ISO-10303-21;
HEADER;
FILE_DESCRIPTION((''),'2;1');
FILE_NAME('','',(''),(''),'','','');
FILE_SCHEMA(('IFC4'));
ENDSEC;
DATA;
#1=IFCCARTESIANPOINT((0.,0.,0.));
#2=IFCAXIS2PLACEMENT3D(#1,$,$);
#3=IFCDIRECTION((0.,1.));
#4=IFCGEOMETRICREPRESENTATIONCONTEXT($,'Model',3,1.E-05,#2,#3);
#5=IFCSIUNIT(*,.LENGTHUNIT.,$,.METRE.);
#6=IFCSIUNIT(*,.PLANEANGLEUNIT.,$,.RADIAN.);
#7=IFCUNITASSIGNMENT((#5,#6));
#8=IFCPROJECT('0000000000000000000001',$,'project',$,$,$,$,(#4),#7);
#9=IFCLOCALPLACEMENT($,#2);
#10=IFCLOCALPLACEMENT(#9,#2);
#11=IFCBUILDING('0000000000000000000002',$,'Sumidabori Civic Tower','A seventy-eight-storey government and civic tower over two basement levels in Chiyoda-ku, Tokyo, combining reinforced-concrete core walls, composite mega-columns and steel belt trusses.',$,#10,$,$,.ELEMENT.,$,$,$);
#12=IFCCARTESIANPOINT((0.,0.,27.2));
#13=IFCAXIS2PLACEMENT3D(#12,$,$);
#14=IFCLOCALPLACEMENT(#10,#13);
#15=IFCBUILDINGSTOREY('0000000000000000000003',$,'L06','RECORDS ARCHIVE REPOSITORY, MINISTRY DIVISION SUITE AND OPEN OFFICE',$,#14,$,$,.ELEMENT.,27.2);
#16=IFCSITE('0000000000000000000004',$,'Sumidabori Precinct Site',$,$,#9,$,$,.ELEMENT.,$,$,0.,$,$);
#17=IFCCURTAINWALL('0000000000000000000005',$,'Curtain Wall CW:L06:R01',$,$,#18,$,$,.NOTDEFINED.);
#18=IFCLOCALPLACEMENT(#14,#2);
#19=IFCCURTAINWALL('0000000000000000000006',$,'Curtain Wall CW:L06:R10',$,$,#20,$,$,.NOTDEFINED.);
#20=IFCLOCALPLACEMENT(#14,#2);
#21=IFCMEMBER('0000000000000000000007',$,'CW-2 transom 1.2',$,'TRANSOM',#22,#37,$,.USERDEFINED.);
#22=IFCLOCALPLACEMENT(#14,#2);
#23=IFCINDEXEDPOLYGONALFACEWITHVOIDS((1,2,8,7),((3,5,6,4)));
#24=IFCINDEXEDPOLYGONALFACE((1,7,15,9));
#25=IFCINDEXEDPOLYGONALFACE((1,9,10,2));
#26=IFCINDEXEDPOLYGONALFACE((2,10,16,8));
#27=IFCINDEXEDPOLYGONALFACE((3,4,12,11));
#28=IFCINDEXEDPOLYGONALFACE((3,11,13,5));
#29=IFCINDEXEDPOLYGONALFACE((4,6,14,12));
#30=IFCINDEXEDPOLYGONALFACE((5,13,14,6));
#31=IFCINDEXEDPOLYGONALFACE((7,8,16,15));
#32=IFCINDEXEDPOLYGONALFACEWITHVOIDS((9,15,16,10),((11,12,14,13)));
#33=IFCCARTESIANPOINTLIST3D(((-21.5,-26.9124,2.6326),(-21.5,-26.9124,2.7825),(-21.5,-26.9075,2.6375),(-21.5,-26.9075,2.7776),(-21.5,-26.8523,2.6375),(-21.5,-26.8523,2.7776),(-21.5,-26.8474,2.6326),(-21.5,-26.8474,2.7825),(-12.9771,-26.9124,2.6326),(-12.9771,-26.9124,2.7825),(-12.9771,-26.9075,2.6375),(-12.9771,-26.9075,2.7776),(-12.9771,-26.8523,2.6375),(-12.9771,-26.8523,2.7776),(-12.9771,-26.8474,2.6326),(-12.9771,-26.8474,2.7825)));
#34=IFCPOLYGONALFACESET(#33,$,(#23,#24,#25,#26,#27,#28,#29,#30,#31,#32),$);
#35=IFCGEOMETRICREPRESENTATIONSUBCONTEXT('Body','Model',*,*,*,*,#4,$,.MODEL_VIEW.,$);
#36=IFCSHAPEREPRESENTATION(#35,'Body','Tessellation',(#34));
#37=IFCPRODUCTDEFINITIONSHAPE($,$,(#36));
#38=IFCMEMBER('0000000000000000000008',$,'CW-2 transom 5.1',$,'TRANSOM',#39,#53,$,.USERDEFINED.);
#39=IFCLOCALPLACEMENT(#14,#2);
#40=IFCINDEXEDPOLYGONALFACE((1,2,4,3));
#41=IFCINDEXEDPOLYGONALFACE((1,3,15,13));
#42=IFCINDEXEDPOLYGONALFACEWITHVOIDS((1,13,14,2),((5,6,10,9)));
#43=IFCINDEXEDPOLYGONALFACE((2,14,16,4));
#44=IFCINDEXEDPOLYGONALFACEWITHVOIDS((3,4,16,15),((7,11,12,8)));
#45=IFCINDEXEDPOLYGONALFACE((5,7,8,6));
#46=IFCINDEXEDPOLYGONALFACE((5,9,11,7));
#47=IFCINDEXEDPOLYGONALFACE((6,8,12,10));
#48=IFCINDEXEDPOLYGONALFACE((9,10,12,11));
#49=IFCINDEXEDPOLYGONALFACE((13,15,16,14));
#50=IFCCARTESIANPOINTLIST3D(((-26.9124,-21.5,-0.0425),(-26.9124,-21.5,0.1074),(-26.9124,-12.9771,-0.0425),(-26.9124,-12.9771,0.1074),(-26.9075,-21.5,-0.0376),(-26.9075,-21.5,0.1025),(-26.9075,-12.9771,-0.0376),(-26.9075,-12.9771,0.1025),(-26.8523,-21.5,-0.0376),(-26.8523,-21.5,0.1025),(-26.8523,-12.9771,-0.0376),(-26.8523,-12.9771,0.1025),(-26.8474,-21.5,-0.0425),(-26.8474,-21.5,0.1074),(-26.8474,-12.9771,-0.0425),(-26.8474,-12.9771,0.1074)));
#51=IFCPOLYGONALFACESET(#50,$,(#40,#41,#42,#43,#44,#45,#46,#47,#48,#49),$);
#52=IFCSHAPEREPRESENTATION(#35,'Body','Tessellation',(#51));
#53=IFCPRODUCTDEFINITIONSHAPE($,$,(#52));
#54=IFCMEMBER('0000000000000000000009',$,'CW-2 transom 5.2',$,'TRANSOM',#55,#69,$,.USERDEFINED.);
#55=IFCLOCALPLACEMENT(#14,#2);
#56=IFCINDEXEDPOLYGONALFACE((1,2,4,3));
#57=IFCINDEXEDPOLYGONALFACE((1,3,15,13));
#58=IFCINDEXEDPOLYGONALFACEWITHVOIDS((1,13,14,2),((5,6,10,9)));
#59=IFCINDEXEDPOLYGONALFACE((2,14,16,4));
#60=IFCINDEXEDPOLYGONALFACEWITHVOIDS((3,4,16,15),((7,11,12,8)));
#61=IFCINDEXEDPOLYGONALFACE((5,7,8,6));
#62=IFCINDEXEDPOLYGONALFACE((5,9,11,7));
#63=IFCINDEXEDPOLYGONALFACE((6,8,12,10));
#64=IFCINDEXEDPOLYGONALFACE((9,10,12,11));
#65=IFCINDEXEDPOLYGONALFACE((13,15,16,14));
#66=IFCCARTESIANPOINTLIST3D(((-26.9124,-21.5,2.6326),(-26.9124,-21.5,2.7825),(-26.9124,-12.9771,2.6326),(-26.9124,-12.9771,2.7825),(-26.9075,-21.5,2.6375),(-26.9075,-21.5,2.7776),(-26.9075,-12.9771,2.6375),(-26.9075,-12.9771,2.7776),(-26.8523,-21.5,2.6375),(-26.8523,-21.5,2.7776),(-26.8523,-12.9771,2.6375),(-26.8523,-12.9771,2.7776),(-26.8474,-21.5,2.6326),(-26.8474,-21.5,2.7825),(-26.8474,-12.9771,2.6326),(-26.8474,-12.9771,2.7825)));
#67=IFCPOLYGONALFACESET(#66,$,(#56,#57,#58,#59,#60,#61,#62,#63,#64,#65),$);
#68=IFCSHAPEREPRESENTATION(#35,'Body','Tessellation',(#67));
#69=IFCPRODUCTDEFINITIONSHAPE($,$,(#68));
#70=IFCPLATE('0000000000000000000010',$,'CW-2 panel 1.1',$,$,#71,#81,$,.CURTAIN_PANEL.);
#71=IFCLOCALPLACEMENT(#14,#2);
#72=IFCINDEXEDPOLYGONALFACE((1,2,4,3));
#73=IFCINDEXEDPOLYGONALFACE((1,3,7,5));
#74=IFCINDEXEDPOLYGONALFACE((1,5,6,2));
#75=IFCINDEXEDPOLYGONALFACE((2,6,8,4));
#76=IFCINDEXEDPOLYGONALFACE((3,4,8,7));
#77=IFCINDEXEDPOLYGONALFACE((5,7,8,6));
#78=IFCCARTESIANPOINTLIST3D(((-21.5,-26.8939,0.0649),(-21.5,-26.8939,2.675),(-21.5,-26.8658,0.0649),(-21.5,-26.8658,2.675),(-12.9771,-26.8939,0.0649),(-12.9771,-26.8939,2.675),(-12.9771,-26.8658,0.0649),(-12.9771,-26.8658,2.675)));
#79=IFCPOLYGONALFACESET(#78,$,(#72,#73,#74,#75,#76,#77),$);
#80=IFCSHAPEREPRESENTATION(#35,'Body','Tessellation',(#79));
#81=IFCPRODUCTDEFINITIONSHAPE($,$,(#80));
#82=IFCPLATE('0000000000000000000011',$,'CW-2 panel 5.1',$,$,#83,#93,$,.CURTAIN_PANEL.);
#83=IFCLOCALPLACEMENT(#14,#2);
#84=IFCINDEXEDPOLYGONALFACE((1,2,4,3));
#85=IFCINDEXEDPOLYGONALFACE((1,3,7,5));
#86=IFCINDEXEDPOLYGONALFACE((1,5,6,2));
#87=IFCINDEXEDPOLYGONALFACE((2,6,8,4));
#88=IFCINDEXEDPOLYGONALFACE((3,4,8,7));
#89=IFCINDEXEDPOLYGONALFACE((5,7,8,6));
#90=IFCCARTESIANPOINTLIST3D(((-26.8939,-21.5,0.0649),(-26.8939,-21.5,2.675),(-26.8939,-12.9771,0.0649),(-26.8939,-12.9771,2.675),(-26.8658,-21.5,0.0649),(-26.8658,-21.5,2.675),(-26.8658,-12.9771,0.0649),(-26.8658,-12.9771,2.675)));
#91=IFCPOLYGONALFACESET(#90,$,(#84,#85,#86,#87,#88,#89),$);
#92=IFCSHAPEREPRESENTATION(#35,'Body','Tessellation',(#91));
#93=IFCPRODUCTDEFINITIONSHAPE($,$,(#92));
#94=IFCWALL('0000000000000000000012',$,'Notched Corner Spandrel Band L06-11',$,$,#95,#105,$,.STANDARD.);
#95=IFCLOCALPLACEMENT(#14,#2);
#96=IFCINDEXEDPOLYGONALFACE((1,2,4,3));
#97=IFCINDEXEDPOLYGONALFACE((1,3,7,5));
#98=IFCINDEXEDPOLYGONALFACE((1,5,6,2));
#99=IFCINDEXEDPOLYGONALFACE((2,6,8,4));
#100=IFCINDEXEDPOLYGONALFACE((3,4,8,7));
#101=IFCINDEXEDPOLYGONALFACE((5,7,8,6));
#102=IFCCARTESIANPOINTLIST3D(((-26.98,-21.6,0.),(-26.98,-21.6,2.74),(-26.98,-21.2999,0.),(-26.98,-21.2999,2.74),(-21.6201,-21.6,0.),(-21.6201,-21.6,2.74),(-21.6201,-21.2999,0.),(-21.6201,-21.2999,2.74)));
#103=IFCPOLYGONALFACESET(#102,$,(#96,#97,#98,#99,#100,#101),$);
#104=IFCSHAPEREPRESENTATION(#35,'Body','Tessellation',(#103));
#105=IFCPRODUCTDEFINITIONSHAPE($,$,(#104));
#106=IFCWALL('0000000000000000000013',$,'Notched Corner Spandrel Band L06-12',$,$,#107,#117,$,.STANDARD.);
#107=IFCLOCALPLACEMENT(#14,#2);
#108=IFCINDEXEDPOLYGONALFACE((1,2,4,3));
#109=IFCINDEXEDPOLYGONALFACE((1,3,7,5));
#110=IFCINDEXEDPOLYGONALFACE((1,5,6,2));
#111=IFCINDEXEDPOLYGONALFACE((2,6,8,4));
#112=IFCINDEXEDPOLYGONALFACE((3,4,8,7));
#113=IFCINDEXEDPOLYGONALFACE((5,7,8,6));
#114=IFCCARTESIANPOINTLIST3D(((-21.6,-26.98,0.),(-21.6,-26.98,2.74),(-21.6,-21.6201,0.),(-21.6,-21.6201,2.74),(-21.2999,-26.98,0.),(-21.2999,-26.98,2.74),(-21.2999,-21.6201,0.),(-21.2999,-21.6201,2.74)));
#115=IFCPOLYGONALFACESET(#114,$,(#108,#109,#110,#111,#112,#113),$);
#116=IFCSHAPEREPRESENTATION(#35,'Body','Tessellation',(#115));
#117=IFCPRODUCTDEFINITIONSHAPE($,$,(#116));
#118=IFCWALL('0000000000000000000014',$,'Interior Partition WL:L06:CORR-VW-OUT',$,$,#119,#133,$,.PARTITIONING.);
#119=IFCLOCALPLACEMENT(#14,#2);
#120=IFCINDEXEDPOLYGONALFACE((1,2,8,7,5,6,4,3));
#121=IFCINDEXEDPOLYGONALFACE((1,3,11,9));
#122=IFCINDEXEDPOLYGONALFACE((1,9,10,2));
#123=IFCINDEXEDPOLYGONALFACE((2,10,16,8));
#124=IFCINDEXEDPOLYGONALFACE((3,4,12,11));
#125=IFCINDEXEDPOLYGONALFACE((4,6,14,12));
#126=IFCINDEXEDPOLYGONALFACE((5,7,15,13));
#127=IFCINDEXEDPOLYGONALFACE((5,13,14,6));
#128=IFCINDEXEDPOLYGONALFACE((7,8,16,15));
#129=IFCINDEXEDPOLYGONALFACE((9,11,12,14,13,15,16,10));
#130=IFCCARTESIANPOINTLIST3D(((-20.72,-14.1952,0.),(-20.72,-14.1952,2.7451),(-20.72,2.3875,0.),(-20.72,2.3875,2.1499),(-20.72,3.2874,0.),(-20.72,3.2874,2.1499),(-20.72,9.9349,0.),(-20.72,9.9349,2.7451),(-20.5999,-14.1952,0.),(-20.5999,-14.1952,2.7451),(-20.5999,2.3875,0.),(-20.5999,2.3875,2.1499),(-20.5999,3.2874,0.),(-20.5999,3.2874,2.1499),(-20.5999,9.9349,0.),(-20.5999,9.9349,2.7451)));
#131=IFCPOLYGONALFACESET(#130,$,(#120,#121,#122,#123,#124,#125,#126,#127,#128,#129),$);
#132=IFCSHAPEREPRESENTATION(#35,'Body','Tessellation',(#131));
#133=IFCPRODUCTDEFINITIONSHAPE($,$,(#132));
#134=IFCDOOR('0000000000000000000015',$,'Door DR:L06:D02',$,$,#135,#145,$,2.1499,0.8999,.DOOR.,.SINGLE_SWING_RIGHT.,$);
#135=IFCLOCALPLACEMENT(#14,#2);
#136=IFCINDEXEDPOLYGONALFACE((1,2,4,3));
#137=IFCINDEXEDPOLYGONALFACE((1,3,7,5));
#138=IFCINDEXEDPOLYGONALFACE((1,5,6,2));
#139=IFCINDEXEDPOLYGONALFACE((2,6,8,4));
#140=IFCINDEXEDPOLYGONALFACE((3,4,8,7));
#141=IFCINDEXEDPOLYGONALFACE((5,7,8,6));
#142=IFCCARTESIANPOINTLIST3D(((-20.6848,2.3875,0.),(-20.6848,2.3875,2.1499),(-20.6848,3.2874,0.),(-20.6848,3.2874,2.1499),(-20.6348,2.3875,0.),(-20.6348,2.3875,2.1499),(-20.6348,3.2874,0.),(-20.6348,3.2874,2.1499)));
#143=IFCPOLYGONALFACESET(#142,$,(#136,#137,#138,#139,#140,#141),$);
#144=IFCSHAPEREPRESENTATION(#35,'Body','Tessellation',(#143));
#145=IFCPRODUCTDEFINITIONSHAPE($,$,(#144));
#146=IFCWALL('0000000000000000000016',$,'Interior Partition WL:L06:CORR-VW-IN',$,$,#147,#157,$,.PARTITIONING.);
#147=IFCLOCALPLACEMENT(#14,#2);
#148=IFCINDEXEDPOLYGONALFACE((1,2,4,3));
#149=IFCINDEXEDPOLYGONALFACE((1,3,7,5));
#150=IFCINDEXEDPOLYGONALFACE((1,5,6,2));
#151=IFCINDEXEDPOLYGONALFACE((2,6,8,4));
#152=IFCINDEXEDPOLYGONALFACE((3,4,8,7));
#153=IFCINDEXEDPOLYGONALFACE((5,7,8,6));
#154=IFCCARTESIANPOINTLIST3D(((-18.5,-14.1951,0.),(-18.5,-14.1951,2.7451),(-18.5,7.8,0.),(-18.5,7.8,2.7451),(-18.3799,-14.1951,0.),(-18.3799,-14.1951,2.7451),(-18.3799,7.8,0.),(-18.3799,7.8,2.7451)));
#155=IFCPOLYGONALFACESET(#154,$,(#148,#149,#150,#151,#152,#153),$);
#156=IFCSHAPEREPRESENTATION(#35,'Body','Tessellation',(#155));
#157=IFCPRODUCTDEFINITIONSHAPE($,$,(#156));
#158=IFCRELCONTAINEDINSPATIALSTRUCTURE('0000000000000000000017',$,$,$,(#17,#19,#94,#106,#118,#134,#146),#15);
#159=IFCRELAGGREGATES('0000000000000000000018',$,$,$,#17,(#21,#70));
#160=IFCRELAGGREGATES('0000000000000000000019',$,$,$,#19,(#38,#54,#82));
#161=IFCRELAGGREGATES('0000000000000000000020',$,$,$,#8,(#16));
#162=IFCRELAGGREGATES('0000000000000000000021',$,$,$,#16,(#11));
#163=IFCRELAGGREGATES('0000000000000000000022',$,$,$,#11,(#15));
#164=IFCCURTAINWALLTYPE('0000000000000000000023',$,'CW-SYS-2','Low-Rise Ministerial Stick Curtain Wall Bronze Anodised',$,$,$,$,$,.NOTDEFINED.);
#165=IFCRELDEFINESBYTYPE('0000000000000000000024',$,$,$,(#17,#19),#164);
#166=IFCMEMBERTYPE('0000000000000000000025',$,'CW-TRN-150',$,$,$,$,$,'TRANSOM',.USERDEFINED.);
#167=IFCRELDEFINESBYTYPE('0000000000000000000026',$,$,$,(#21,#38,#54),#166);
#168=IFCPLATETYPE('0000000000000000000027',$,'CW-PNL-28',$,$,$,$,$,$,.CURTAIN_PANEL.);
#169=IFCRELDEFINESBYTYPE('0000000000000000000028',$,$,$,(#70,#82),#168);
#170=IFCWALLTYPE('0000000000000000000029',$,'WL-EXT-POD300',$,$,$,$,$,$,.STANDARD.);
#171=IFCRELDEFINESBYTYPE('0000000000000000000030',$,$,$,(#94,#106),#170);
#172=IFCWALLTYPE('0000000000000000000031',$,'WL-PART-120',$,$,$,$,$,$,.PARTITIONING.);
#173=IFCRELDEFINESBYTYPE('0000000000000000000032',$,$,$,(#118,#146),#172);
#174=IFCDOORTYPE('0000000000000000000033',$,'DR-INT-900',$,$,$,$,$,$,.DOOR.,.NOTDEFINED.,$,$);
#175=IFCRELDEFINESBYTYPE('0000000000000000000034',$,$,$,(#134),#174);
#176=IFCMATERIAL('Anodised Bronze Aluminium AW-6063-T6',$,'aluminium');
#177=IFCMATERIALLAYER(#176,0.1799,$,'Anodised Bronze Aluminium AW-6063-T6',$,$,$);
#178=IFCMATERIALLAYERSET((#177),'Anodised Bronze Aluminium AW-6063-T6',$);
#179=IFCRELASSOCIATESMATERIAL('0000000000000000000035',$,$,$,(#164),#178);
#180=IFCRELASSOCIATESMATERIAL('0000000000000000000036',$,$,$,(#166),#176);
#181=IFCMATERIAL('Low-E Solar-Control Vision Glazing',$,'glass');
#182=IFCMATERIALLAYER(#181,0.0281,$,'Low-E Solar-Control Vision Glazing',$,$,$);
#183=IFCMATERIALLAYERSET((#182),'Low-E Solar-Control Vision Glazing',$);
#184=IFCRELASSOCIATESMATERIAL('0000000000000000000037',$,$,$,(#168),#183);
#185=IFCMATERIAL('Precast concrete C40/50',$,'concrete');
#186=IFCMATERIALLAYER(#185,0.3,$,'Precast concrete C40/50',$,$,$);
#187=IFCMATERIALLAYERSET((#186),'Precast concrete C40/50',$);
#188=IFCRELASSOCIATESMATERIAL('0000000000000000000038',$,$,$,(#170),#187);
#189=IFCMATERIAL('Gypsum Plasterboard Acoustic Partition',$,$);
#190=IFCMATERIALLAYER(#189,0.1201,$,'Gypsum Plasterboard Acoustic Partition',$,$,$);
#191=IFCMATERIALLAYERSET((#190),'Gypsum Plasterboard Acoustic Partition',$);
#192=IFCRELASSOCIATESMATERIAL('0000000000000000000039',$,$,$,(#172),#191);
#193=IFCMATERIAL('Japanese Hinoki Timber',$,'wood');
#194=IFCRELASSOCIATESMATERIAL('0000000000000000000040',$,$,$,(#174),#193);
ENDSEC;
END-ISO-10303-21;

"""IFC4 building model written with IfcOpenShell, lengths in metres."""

from ifc_helpers import new_model, si_unit, direction, frame, frame_2d, origin, origin_2d, place, context, subcontext, project, spatial, rectangle, hollow_rectangle, extrude, source, transform, mapped, material, layer, layer_set, material_profile, profile_set, type_object, element, fill, aggregate, save


model = new_model("IFC4")

# Units and contexts
model_context = context("Model", 3, precision=1e-05, world=origin(), true_north=direction((0.0, 1.0)))
body_context = subcontext(model_context, "Body", "Model", "MODEL_VIEW")
ifc_project = project(units=[si_unit("LENGTHUNIT", "METRE"), si_unit("PLANEANGLEUNIT", "RADIAN")], contexts=[model_context])

# Site, building, storey
site_placement = place(None, origin())
site = spatial("IfcSite", under=ifc_project, at=site_placement, Name="Sumidabori Precinct Site", CompositionType="ELEMENT", RefElevation=0.0)
building_placement = place(site_placement, origin())
building = spatial("IfcBuilding", under=site, at=building_placement, Name="Sumidabori Civic Tower", Description="A seventy-eight-storey government and civic tower over two basement levels in Chiyoda-ku, Tokyo, combining reinforced-concrete core walls, composite mega-columns and steel belt trusses.", CompositionType="ELEMENT")
storey_placement = place(building_placement, frame((0.0, 0.0, 27.2)))
storey = spatial("IfcBuildingStorey", under=building, at=storey_placement, Name="L06", Description="RECORDS ARCHIVE REPOSITORY, MINISTRY DIVISION SUITE AND OPEN OFFICE", CompositionType="ELEMENT", Elevation=27.2)

# Curtain walls
ifc_material_1 = material(Name="Anodised Bronze Aluminium AW-6063-T6", Category="aluminium")
ifc_layer_1 = layer(ifc_material_1, 0.1799, Name="Anodised Bronze Aluminium AW-6063-T6")
ifc_layer_set_1 = layer_set([ifc_layer_1], Name="Anodised Bronze Aluminium AW-6063-T6")
curtain_wall_type = type_object("IfcCurtainWallType", Name="CW-SYS-2", Description="Low-Rise Ministerial Stick Curtain Wall Bronze Anodised", PredefinedType="NOTDEFINED", material=ifc_layer_set_1)
curtain_wall_1_placement = place(storey_placement, origin())
curtain_wall_1 = element("IfcCurtainWall", 1, at=curtain_wall_1_placement, inside=storey, type_object=curtain_wall_type, Name="Curtain Wall CW:L06:R01", PredefinedType="NOTDEFINED")
curtain_wall_2_placement = place(storey_placement, origin())
curtain_wall_2 = element("IfcCurtainWall", 2, at=curtain_wall_2_placement, inside=storey, type_object=curtain_wall_type, Name="Curtain Wall CW:L06:R10", PredefinedType="NOTDEFINED")

# Members
ifc_material_profile_1 = material_profile(ifc_material_1, hollow_rectangle(XDim=0.0649, YDim=0.1499, WallThickness=0.0049, at=origin_2d()), Name="ALU TRANSOM 150x65")
ifc_profile_set_1 = profile_set([ifc_material_profile_1], Name="Anodised Bronze Aluminium AW-6063-T6")
member_type_1 = type_object("IfcMemberType", Name="CW-TRN-150", ElementType="TRANSOM", PredefinedType="USERDEFINED", material=ifc_profile_set_1)
shared_shape_1 = source(origin(), body_context, "Body", "SweptSolid", [
    extrude(hollow_rectangle(XDim=0.0649, YDim=0.1499, WallThickness=0.0049, at=origin_2d()), origin(), (0.0, 0.0, 1.0), 8.5229),
])
member_1_placement = place(storey_placement, frame((-21.5, -26.8799, 2.7075), z_axis=(1.0, 0.0, 0.0), x_axis=(0.0, 1.0, 0.0)))
member_1 = element("IfcMember", 3, at=member_1_placement, type_object=member_type_1, Name="CW-2 transom 1.2", ObjectType="TRANSOM", PredefinedType="USERDEFINED", context=body_context, shape_type="MappedRepresentation", body=[
    mapped(shared_shape_1, transform((0.0, 0.0, 0.0), x_axis=(1.0, 0.0, 0.0), y_axis=(0.0, 1.0, 0.0), z_axis=(0.0, 0.0, 1.0), scale=1.0)),
])
member_2_placement = place(storey_placement, frame((-26.8799, -12.9771, 0.0325), z_axis=(0.0, -1.0, 0.0), x_axis=(1.0, 0.0, 0.0)))
member_2 = element("IfcMember", 4, at=member_2_placement, type_object=member_type_1, Name="CW-2 transom 5.1", ObjectType="TRANSOM", PredefinedType="USERDEFINED", context=body_context, shape_type="MappedRepresentation", body=[
    mapped(shared_shape_1, transform((0.0, 0.0, 0.0), x_axis=(1.0, 0.0, 0.0), y_axis=(0.0, 1.0, 0.0), z_axis=(0.0, 0.0, 1.0), scale=1.0)),
])
member_3_placement = place(storey_placement, frame((-26.8799, -12.9771, 2.7075), z_axis=(0.0, -1.0, 0.0), x_axis=(1.0, 0.0, 0.0)))
member_3 = element("IfcMember", 5, at=member_3_placement, type_object=member_type_1, Name="CW-2 transom 5.2", ObjectType="TRANSOM", PredefinedType="USERDEFINED", context=body_context, shape_type="MappedRepresentation", body=[
    mapped(shared_shape_1, transform((0.0, 0.0, 0.0), x_axis=(1.0, 0.0, 0.0), y_axis=(0.0, 1.0, 0.0), z_axis=(0.0, 0.0, 1.0), scale=1.0)),
])

# Plates
ifc_material_2 = material(Name="Low-E Solar-Control Vision Glazing", Category="glass")
ifc_layer_2 = layer(ifc_material_2, 0.0281, Name="Low-E Solar-Control Vision Glazing")
ifc_layer_set_2 = layer_set([ifc_layer_2], Name="Low-E Solar-Control Vision Glazing")
plate_type = type_object("IfcPlateType", Name="CW-PNL-28", PredefinedType="CURTAIN_PANEL", material=ifc_layer_set_2)
shared_shape_2 = source(origin(), body_context, "Body", "SweptSolid", [
    extrude(rectangle(XDim=8.5229, YDim=0.0281, at=origin_2d()), origin(), (0.0, 0.0, 1.0), 2.6101),
])
plate_1_placement = place(storey_placement, frame((-17.2385, -26.8799, 0.0649), z_axis=(0.0, 0.0, 1.0), x_axis=(1.0, 0.0, 0.0)))
plate_1 = element("IfcPlate", 6, at=plate_1_placement, type_object=plate_type, Name="CW-2 panel 1.1", PredefinedType="CURTAIN_PANEL", context=body_context, shape_type="MappedRepresentation", body=[
    mapped(shared_shape_2, transform((0.0, 0.0, 0.0), x_axis=(1.0, 0.0, 0.0), y_axis=(0.0, 1.0, 0.0), z_axis=(0.0, 0.0, 1.0), scale=1.0)),
])
aggregate(curtain_wall_1, [member_1, plate_1])
plate_2_placement = place(storey_placement, frame((-26.8799, -17.2385, 0.0649), z_axis=(0.0, 0.0, 1.0), x_axis=(0.0, -1.0, 0.0)))
plate_2 = element("IfcPlate", 7, at=plate_2_placement, type_object=plate_type, Name="CW-2 panel 5.1", PredefinedType="CURTAIN_PANEL", context=body_context, shape_type="MappedRepresentation", body=[
    mapped(shared_shape_2, transform((0.0, 0.0, 0.0), x_axis=(1.0, 0.0, 0.0), y_axis=(0.0, 1.0, 0.0), z_axis=(0.0, 0.0, 1.0), scale=1.0)),
])
aggregate(curtain_wall_2, [member_2, member_3, plate_2])

# Walls
ifc_material_3 = material(Name="Precast concrete C40/50", Category="concrete")
ifc_layer_3 = layer(ifc_material_3, 0.3, Name="Precast concrete C40/50")
ifc_layer_set_3 = layer_set([ifc_layer_3], Name="Precast concrete C40/50")
wall_type_1 = type_object("IfcWallType", Name="WL-EXT-POD300", PredefinedType="STANDARD", material=ifc_layer_set_3)
shared_shape_3 = source(origin(), body_context, "Body", "SweptSolid", [
    extrude(rectangle(XDim=5.3599, YDim=0.3, at=frame_2d((2.6799, 0.0))), origin(), (0.0, 0.0, 1.0), 2.74),
])
for number, where, z_axis, x_axis, name in (
    (8, (-26.98, -21.45, 0.0), (0.0, 0.0, 1.0), (1.0, 0.0, 0.0), "Notched Corner Spandrel Band L06-11"),
    (9, (-21.45, -21.6201, 0.0), (0.0, 0.0, 1.0), (0.0, -1.0, 0.0), "Notched Corner Spandrel Band L06-12"),
):
    element("IfcWall", number, at=place(storey_placement, frame(where, z_axis=z_axis, x_axis=x_axis)), inside=storey, type_object=wall_type_1, Name=name, PredefinedType="STANDARD", context=body_context, shape_type="MappedRepresentation", body=[
        mapped(shared_shape_3, transform((0.0, 0.0, 0.0), x_axis=(1.0, 0.0, 0.0), y_axis=(0.0, 1.0, 0.0), z_axis=(0.0, 0.0, 1.0), scale=1.0)),
    ])

# Wall, opening, door
ifc_material_4 = material(Name="Gypsum Plasterboard Acoustic Partition")
ifc_layer_4 = layer(ifc_material_4, 0.1201, Name="Gypsum Plasterboard Acoustic Partition")
ifc_layer_set_4 = layer_set([ifc_layer_4], Name="Gypsum Plasterboard Acoustic Partition")
wall_type_2 = type_object("IfcWallType", Name="WL-PART-120", PredefinedType="PARTITIONING", material=ifc_layer_set_4)
ifc_material_5 = material(Name="Japanese Hinoki Timber", Category="wood")
door_type = type_object("IfcDoorType", Name="DR-INT-900", OperationType="NOTDEFINED", PredefinedType="DOOR", material=ifc_material_5)
shared_shape_4 = source(origin(), body_context, "Body", "SweptSolid", [
    extrude(rectangle(XDim=0.8999, YDim=2.1499, at=frame_2d((0.45, 1.075))), frame((0.0, 0.0249, 0.0), z_axis=(0.0, -1.0, 0.0), x_axis=(1.0, 0.0, 0.0)), (0.0, 0.0, 1.0), 0.05),
])
shared_shape_5 = source(origin(), body_context, "Body", "SweptSolid", [
    extrude(rectangle(XDim=24.1301, YDim=0.1201, at=frame_2d((12.0649, 0.0))), origin(), (0.0, 0.0, 1.0), 2.7451),
])
wall_1_placement = place(storey_placement, frame((-20.6599, -14.1951, 0.0), z_axis=(0.0, 0.0, 1.0), x_axis=(0.0, 1.0, 0.0)))
wall_1 = element("IfcWall", 10, at=wall_1_placement, inside=storey, type_object=wall_type_2, Name="Interior Partition WL:L06:CORR-VW-OUT", PredefinedType="PARTITIONING", context=body_context, shape_type="MappedRepresentation", body=[
    mapped(shared_shape_5, transform((0.0, 0.0, 0.0), x_axis=(1.0, 0.0, 0.0), y_axis=(0.0, 1.0, 0.0), z_axis=(0.0, 0.0, 1.0), scale=1.0)),
])
opening_1_placement = place(wall_1_placement, frame((16.5825, 0.0, 0.0)))
opening_1 = element("IfcOpeningElement", 11, at=opening_1_placement, cuts=wall_1, PredefinedType="OPENING", context=body_context, shape_type="SweptSolid", body=[
    extrude(rectangle(XDim=0.8999, YDim=2.1499, at=frame_2d((0.45, 1.075))), frame((0.0, 0.072, 0.0), z_axis=(0.0, -1.0, 0.0), x_axis=(1.0, 0.0, 0.0)), (0.0, 0.0, 1.0), 0.144),
])
door_1_placement = place(opening_1_placement, origin())
door_1 = element("IfcDoor", 12, at=door_1_placement, inside=storey, type_object=door_type, Name="Door DR:L06:D02", OperationType="SINGLE_SWING_RIGHT", OverallHeight=2.1499, OverallWidth=0.8999, PredefinedType="DOOR", context=body_context, shape_type="MappedRepresentation", body=[
    mapped(shared_shape_4, transform((0.0, 0.0, 0.0), x_axis=(1.0, 0.0, 0.0), y_axis=(0.0, 1.0, 0.0), z_axis=(0.0, 0.0, 1.0), scale=1.0)),
])
fill(opening_1, door_1)

# Wall
shared_shape_6 = source(origin(), body_context, "Body", "SweptSolid", [
    extrude(rectangle(XDim=21.9951, YDim=0.1201, at=frame_2d((10.9976, 0.0))), origin(), (0.0, 0.0, 1.0), 2.7451),
])
wall_2_placement = place(storey_placement, frame((-18.4399, -14.1951, 0.0), z_axis=(0.0, 0.0, 1.0), x_axis=(0.0, 1.0, 0.0)))
element("IfcWall", 13, at=wall_2_placement, inside=storey, type_object=wall_type_2, Name="Interior Partition WL:L06:CORR-VW-IN", PredefinedType="PARTITIONING", context=body_context, shape_type="MappedRepresentation", body=[
    mapped(shared_shape_6, transform((0.0, 0.0, 0.0), x_axis=(1.0, 0.0, 0.0), y_axis=(0.0, 1.0, 0.0), z_axis=(0.0, 0.0, 1.0), scale=1.0)),
])

save(model, "model.ifc")
